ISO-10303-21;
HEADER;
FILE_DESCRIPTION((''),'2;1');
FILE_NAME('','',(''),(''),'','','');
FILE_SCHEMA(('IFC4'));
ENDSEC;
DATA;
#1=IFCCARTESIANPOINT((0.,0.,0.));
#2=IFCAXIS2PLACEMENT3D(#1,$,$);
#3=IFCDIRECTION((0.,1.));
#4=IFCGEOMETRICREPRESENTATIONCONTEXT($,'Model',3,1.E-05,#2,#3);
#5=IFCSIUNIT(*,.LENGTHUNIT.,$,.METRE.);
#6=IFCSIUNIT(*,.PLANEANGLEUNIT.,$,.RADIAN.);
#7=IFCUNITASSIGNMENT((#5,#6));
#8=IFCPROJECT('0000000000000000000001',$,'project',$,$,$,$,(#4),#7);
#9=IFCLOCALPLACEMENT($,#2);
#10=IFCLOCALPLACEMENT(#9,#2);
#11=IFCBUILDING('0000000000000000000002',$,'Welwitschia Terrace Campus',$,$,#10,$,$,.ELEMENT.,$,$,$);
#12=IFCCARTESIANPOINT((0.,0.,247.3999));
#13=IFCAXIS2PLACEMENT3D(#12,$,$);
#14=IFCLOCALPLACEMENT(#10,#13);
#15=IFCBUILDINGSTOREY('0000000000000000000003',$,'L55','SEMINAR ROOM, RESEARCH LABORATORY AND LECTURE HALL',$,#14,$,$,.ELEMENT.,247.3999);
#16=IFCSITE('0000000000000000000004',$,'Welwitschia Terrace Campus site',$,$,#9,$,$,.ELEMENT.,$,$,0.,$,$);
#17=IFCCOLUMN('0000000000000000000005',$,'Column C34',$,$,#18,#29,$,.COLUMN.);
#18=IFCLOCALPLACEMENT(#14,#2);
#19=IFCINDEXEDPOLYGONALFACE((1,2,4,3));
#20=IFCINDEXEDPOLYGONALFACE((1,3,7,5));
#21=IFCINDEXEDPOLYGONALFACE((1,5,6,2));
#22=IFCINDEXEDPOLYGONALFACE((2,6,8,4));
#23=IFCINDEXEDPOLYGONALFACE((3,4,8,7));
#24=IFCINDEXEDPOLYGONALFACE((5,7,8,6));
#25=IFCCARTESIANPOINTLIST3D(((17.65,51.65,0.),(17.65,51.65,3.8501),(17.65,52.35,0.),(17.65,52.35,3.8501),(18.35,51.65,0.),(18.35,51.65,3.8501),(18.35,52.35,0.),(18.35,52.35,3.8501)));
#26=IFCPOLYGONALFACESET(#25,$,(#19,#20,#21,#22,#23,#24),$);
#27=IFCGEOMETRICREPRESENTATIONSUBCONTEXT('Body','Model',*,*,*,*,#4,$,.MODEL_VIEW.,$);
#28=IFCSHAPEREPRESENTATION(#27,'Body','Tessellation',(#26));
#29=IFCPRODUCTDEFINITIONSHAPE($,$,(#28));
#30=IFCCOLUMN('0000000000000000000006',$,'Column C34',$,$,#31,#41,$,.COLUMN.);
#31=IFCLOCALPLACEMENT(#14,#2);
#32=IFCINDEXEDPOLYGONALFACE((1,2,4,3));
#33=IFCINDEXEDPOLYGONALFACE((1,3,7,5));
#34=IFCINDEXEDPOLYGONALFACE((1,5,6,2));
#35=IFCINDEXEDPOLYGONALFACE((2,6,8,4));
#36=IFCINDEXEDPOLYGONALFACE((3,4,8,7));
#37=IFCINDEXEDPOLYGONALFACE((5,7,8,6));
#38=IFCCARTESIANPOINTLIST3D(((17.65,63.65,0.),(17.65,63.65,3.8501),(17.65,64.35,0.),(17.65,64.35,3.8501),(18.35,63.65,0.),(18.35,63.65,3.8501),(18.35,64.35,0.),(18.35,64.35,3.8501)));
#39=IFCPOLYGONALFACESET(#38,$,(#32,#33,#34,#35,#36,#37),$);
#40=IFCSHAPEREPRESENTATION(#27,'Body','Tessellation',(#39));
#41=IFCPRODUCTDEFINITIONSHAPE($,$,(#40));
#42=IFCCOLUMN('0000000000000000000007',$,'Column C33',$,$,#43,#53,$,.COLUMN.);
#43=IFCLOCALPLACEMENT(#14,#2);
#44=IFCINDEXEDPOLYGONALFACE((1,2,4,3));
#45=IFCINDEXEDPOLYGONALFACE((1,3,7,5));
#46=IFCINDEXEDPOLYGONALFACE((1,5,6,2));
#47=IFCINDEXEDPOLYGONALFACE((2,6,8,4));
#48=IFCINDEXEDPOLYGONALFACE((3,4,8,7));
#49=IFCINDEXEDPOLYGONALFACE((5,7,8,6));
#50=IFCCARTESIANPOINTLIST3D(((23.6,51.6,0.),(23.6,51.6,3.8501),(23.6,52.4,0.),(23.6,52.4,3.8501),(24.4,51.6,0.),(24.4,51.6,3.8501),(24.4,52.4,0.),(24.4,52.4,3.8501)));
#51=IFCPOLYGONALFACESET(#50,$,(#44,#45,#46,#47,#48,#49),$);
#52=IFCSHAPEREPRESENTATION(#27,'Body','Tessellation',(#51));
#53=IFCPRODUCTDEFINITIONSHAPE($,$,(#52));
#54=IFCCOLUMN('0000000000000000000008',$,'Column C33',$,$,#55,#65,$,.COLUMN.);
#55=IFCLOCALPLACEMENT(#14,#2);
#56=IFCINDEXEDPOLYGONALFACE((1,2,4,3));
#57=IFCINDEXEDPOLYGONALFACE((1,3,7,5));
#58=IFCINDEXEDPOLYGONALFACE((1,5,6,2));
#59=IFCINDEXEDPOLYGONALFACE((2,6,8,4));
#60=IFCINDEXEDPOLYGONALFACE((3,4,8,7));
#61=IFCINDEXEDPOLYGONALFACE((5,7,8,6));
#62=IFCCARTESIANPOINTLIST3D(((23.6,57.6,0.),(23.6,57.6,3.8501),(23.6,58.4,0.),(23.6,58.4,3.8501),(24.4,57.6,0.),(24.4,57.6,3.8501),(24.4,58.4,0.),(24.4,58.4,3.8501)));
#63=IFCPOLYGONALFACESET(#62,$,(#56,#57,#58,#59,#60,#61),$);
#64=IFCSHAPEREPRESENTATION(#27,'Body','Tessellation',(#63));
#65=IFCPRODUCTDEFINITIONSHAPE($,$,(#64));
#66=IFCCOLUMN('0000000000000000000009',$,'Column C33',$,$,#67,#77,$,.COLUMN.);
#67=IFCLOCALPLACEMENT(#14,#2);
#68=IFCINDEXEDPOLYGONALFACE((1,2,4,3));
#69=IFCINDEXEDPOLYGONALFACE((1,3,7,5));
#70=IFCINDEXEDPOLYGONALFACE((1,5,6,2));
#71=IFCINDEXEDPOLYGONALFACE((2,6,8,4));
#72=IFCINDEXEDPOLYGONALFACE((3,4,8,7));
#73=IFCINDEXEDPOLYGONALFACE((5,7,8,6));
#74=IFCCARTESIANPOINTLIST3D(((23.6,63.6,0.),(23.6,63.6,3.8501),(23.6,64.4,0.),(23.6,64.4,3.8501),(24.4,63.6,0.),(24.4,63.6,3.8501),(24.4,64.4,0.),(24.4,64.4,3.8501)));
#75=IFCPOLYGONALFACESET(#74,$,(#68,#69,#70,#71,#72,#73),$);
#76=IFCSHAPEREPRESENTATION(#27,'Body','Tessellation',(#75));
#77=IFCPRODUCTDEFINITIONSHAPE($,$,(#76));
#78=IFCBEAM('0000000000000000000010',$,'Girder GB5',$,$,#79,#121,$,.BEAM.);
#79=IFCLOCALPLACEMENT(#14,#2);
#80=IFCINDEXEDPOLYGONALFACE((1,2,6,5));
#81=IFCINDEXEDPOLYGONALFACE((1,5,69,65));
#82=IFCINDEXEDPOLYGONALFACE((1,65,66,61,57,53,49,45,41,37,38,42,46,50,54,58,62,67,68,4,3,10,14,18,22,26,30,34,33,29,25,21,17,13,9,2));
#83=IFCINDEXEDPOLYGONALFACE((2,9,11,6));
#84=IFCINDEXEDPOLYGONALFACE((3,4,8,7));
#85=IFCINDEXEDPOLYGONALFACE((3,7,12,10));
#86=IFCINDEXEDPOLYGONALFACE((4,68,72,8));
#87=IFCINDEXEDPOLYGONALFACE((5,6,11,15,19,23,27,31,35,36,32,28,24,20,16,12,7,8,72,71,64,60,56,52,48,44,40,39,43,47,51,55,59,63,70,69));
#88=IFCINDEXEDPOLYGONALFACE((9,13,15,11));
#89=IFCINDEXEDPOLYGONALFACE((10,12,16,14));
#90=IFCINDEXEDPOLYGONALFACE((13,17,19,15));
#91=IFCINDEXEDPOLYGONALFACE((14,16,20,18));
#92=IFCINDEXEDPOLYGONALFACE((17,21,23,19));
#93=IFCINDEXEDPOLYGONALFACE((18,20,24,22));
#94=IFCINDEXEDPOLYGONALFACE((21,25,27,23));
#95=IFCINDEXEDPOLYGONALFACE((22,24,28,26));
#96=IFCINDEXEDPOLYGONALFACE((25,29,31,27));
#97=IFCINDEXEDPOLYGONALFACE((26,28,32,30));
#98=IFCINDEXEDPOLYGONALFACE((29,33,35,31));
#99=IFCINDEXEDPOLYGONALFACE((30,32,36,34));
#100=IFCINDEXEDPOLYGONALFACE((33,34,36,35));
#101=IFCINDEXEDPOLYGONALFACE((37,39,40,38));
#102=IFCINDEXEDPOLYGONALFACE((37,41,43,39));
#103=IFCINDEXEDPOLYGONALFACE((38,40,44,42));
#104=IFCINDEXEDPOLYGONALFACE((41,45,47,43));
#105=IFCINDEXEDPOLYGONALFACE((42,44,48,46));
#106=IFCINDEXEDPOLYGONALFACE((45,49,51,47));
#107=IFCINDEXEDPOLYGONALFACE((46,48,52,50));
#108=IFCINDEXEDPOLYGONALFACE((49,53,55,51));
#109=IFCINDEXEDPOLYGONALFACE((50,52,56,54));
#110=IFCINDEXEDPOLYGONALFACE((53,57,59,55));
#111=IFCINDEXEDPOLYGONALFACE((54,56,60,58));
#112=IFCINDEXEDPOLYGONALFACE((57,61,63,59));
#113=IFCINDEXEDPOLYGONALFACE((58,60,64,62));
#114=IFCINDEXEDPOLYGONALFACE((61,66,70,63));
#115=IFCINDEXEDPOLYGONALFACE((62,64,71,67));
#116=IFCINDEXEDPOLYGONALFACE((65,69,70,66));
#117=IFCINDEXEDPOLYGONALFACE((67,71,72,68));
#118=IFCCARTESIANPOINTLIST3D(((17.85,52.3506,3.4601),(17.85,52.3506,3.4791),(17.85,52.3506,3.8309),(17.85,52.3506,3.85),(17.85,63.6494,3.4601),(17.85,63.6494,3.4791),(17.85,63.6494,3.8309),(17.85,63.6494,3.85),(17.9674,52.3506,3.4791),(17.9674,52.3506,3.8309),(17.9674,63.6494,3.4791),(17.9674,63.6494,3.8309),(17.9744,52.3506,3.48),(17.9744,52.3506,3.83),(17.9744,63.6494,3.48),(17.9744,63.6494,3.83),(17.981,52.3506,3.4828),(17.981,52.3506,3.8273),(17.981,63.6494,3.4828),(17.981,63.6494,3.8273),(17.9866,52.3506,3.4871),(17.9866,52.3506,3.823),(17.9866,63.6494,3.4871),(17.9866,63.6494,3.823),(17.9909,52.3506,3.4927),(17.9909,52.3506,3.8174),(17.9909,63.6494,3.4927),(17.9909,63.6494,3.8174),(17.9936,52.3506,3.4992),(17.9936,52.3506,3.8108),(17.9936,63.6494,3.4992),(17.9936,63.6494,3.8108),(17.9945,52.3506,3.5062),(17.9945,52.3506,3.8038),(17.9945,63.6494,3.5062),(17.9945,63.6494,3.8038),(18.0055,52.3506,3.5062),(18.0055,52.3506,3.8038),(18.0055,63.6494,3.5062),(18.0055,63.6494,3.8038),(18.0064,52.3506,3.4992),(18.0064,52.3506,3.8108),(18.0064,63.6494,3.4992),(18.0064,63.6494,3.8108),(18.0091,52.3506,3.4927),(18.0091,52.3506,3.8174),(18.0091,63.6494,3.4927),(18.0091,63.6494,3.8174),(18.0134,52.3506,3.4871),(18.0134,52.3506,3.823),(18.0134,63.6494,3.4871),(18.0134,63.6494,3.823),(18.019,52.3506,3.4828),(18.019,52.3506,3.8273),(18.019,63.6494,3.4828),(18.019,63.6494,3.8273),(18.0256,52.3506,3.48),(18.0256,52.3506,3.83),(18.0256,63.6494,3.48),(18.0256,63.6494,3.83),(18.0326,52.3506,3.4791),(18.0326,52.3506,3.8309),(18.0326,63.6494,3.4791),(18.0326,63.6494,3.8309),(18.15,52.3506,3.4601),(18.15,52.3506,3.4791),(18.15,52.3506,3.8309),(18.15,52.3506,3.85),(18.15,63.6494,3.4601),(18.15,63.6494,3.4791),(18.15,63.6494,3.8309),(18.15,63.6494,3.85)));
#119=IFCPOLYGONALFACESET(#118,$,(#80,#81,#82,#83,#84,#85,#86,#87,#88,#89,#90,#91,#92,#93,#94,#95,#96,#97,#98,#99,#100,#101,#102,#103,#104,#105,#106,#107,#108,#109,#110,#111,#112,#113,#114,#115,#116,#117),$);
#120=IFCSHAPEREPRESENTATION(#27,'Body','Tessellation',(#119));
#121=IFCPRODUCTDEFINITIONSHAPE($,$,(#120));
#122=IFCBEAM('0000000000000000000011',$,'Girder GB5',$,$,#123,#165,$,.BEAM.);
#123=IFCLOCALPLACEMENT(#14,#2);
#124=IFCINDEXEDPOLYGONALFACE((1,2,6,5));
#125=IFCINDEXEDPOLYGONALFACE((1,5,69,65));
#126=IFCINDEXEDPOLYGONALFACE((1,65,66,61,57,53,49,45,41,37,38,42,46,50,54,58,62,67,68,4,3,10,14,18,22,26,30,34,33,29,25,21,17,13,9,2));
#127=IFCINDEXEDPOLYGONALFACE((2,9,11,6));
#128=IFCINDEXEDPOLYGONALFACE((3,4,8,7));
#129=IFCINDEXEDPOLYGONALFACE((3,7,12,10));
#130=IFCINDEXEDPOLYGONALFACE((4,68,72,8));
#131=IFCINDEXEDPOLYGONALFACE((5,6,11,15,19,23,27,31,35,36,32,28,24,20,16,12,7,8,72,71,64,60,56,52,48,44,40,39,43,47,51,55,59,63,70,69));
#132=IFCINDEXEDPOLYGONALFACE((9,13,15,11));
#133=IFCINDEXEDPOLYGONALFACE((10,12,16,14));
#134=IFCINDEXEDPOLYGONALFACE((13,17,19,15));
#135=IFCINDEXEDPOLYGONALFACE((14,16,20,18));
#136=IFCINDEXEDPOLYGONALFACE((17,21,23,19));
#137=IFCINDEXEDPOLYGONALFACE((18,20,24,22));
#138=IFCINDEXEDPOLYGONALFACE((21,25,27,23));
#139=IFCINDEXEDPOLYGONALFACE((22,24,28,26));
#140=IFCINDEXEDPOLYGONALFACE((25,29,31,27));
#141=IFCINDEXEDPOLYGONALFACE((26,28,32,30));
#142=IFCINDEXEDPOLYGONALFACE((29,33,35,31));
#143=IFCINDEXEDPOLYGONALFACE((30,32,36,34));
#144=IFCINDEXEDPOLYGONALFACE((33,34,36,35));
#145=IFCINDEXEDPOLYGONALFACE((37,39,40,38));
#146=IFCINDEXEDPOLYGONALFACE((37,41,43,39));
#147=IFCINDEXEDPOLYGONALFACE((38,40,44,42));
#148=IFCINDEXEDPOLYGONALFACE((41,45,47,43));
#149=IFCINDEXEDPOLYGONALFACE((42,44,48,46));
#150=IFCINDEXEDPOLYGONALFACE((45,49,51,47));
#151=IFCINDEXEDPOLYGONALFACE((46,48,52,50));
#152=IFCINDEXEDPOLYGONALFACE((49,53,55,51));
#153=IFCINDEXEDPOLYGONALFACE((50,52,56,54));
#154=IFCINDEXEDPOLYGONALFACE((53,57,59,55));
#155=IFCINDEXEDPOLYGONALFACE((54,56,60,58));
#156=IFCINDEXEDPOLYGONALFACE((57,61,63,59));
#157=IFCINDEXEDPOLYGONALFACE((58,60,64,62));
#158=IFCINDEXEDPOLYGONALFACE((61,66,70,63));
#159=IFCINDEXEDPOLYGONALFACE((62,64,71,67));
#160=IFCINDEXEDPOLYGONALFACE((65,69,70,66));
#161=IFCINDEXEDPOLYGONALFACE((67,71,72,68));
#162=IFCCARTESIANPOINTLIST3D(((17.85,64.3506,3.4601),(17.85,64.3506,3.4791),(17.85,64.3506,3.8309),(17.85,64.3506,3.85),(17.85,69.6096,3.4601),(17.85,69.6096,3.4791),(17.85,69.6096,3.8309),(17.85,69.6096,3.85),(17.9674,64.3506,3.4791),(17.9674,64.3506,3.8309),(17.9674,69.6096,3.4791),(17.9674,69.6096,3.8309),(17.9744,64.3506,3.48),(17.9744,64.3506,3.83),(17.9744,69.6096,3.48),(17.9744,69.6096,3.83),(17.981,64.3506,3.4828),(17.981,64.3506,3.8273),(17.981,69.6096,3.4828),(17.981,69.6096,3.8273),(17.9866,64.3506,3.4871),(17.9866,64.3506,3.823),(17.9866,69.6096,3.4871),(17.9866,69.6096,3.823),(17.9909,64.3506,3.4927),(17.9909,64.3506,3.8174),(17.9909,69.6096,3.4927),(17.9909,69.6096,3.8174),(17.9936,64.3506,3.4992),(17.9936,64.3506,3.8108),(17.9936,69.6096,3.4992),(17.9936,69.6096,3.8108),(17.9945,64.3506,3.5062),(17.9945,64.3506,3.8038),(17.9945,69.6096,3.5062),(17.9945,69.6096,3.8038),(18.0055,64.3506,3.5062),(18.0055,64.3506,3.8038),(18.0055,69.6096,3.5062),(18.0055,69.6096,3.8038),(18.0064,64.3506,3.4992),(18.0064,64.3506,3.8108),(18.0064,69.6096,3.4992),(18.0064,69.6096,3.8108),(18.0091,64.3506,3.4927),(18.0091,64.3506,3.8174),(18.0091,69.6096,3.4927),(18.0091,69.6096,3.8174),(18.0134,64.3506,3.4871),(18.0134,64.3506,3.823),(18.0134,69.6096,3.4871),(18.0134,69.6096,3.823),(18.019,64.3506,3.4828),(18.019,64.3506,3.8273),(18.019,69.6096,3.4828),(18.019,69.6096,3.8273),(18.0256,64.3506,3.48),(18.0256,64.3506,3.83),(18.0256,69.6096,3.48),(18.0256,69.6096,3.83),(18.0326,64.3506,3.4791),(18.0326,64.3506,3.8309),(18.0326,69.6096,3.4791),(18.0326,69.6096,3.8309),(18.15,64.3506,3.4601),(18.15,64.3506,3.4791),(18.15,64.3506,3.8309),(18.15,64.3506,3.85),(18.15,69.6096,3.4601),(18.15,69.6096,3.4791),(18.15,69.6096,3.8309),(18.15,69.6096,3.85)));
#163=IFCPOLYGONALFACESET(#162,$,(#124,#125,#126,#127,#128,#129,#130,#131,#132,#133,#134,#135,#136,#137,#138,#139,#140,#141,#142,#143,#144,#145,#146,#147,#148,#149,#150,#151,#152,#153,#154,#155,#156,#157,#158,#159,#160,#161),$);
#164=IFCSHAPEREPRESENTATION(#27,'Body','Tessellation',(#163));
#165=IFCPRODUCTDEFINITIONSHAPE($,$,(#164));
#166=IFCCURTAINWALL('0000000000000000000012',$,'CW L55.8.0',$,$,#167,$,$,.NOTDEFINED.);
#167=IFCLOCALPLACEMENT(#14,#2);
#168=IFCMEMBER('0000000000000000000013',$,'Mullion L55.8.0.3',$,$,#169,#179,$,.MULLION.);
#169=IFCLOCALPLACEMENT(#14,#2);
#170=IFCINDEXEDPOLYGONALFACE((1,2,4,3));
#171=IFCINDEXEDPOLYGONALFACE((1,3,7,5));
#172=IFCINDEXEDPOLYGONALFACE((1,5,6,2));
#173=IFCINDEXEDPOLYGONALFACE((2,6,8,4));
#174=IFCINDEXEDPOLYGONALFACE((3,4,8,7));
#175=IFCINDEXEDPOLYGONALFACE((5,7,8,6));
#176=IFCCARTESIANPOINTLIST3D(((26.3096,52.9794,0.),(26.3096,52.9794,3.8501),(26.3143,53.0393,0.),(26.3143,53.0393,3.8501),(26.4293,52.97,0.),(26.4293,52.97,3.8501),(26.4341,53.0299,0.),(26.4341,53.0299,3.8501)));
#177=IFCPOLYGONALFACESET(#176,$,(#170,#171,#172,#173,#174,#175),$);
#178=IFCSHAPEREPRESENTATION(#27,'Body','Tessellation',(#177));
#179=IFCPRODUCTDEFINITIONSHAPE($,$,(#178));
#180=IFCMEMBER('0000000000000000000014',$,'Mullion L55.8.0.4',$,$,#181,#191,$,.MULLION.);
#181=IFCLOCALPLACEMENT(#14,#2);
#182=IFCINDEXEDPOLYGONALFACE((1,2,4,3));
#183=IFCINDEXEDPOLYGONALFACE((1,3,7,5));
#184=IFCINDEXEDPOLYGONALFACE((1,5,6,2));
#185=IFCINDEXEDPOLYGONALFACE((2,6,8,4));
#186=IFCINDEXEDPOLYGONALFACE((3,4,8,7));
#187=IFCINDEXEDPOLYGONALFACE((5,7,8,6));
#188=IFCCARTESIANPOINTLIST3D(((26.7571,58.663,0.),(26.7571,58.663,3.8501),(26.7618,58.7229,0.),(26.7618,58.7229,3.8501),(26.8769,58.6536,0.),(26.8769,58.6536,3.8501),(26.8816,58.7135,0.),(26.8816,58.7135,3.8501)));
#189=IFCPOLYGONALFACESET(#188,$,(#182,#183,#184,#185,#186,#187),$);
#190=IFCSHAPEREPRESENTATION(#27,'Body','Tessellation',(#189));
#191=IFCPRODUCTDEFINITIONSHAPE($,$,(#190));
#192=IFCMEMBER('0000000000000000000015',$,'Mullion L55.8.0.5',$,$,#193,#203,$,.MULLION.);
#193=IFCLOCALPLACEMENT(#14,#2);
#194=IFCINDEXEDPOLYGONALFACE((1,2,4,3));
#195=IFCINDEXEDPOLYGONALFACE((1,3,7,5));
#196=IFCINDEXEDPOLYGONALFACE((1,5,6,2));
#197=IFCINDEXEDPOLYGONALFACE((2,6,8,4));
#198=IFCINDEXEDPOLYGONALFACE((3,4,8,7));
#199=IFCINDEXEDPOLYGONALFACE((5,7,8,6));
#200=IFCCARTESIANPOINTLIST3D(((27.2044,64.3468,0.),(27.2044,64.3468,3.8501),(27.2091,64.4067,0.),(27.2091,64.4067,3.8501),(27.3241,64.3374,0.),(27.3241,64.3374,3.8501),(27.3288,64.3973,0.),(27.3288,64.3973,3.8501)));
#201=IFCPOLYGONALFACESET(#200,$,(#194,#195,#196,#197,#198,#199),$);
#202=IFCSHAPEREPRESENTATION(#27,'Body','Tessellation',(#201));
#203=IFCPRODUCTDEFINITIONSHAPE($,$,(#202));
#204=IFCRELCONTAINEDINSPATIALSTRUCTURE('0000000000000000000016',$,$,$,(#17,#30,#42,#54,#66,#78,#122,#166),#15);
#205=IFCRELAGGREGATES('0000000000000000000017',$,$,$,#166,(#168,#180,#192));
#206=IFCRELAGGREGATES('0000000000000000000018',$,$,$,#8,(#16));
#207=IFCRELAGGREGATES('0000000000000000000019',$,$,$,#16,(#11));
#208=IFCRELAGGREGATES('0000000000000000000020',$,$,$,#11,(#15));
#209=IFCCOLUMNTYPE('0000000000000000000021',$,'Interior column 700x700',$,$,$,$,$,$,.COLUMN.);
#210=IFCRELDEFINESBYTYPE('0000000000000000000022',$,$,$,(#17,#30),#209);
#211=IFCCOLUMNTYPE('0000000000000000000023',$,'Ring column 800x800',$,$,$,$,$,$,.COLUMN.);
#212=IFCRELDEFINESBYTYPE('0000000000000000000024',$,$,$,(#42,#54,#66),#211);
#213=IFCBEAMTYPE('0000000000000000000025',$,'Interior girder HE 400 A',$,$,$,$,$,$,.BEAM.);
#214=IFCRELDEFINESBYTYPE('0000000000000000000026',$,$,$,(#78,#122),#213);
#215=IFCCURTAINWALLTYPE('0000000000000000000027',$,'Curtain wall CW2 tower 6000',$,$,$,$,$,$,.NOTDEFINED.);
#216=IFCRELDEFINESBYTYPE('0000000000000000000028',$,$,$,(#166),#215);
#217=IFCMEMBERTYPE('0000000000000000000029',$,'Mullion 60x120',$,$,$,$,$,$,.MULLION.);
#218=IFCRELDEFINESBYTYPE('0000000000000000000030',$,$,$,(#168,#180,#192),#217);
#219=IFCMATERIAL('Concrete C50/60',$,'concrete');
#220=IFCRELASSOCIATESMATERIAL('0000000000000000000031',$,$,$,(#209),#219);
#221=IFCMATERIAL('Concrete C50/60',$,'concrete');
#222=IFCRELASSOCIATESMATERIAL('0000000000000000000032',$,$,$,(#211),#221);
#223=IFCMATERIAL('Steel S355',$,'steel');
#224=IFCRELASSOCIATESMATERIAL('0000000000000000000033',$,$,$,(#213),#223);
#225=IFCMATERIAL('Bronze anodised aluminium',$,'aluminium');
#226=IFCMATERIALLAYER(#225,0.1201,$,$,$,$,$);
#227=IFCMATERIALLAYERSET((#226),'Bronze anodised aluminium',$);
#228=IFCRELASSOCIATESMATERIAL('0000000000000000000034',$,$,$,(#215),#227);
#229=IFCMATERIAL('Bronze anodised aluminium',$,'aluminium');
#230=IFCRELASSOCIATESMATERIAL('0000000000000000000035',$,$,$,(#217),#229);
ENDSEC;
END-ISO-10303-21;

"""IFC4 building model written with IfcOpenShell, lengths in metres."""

from ifc_helpers import new_model, si_unit, direction, frame, origin, origin_2d, place, context, subcontext, project, spatial, rectangle, i_section, extrude, material, layer, layer_set, material_profile, profile_set, type_object, element, aggregate, save


model = new_model("IFC4")

# Units and contexts
model_context = context("Model", 3, precision=1e-05, world=origin(), true_north=direction((0.0, 1.0)))
body_context = subcontext(model_context, "Body", "Model", "MODEL_VIEW")
ifc_project = project(units=[si_unit("LENGTHUNIT", "METRE"), si_unit("PLANEANGLEUNIT", "RADIAN")], contexts=[model_context])

# Site, building, storey
site_placement = place(None, origin())
site = spatial("IfcSite", under=ifc_project, at=site_placement, Name="Welwitschia Terrace Campus site", CompositionType="ELEMENT", RefElevation=0.0)
building_placement = place(site_placement, origin())
building = spatial("IfcBuilding", under=site, at=building_placement, Name="Welwitschia Terrace Campus", CompositionType="ELEMENT")
storey_placement = place(building_placement, frame((0.0, 0.0, 247.3999)))
storey = spatial("IfcBuildingStorey", under=building, at=storey_placement, Name="L55", Description="SEMINAR ROOM, RESEARCH LABORATORY AND LECTURE HALL", CompositionType="ELEMENT", Elevation=247.3999)

# Columns
ifc_material_1 = material(Name="Concrete C50/60", Category="concrete")
ifc_material_profile_1 = material_profile(ifc_material_1, rectangle(XDim=0.7, YDim=0.7, at=origin_2d()))
ifc_profile_set_1 = profile_set([ifc_material_profile_1], Name="Concrete C50/60")
column_type_1 = type_object("IfcColumnType", Name="Interior column 700x700", PredefinedType="COLUMN", material=ifc_profile_set_1)
for number, where, z_axis, x_axis, name in (
    (1, (18.0, 52.0, 0.0), (0.0, 0.0, 1.0), (1.0, 0.0, 0.0), "Column C34"),
    (2, (18.0, 64.0, 0.0), (0.0, 0.0, 1.0), (1.0, 0.0, 0.0), "Column C34"),
):
    element("IfcColumn", number, at=place(storey_placement, frame(where, z_axis=z_axis, x_axis=x_axis)), inside=storey, type_object=column_type_1, Name=name, PredefinedType="COLUMN", context=body_context, shape_type="SweptSolid", body=[
        extrude(rectangle(XDim=0.7, YDim=0.7, at=origin_2d()), origin(), (0.0, 0.0, 1.0), 3.8501),
    ])
ifc_material_2 = material(Name="Concrete C50/60", Category="concrete")
ifc_material_profile_2 = material_profile(ifc_material_2, rectangle(XDim=0.8, YDim=0.8, at=origin_2d()))
ifc_profile_set_2 = profile_set([ifc_material_profile_2], Name="Concrete C50/60")
column_type_2 = type_object("IfcColumnType", Name="Ring column 800x800", PredefinedType="COLUMN", material=ifc_profile_set_2)
for number, where, z_axis, x_axis, name in (
    (3, (24.0, 52.0, 0.0), (0.0, 0.0, 1.0), (1.0, 0.0, 0.0), "Column C33"),
    (4, (24.0, 58.0, 0.0), (0.0, 0.0, 1.0), (1.0, 0.0, 0.0), "Column C33"),
    (5, (24.0, 64.0, 0.0), (0.0, 0.0, 1.0), (1.0, 0.0, 0.0), "Column C33"),
):
    element("IfcColumn", number, at=place(storey_placement, frame(where, z_axis=z_axis, x_axis=x_axis)), inside=storey, type_object=column_type_2, Name=name, PredefinedType="COLUMN", context=body_context, shape_type="SweptSolid", body=[
        extrude(rectangle(XDim=0.8, YDim=0.8, at=origin_2d()), origin(), (0.0, 0.0, 1.0), 3.8501),
    ])

# Beams
ifc_material_3 = material(Name="Steel S355", Category="steel")
ifc_material_profile_3 = material_profile(ifc_material_3, i_section(OverallWidth=0.3, OverallDepth=0.3899, WebThickness=0.011, FlangeThickness=0.019, FilletRadius=0.0271, at=origin_2d()))
ifc_profile_set_3 = profile_set([ifc_material_profile_3], Name="Steel S355")
beam_type_1 = type_object("IfcBeamType", Name="Interior girder HE 400 A", PredefinedType="BEAM", material=ifc_profile_set_3)
beam_1_placement = place(storey_placement, frame((18.0, 52.3506, 3.655), z_axis=(0.0, 1.0, 0.0), x_axis=(-1.0, 0.0, 0.0)))
element("IfcBeam", 6, at=beam_1_placement, inside=storey, type_object=beam_type_1, Name="Girder GB5", PredefinedType="BEAM", context=body_context, shape_type="SweptSolid", body=[
    extrude(i_section(OverallWidth=0.3, OverallDepth=0.3899, WebThickness=0.011, FlangeThickness=0.019, FilletRadius=0.0271, at=origin_2d()), origin(), (0.0, 0.0, 1.0), 11.2988),
])
beam_2_placement = place(storey_placement, frame((18.0, 64.3506, 3.655), z_axis=(0.0, 1.0, 0.0), x_axis=(-1.0, 0.0, 0.0)))
element("IfcBeam", 7, at=beam_2_placement, inside=storey, type_object=beam_type_1, Name="Girder GB5", PredefinedType="BEAM", context=body_context, shape_type="SweptSolid", body=[
    extrude(i_section(OverallWidth=0.3, OverallDepth=0.3899, WebThickness=0.011, FlangeThickness=0.019, FilletRadius=0.0271, at=origin_2d()), origin(), (0.0, 0.0, 1.0), 5.259),
])

# Curtain wall, members
ifc_material_4 = material(Name="Bronze anodised aluminium", Category="aluminium")
ifc_layer_1 = layer(ifc_material_4, 0.1201)
ifc_layer_set_1 = layer_set([ifc_layer_1], Name="Bronze anodised aluminium")
curtain_wall_type = type_object("IfcCurtainWallType", Name="Curtain wall CW2 tower 6000", PredefinedType="NOTDEFINED", material=ifc_layer_set_1)
curtain_wall_1_placement = place(storey_placement, origin())
curtain_wall_1 = element("IfcCurtainWall", 8, at=curtain_wall_1_placement, inside=storey, type_object=curtain_wall_type, Name="CW L55.8.0", PredefinedType="NOTDEFINED")
ifc_material_5 = material(Name="Bronze anodised aluminium", Category="aluminium")
ifc_material_profile_4 = material_profile(ifc_material_5, rectangle(XDim=0.1201, YDim=0.0601, at=origin_2d()))
ifc_profile_set_4 = profile_set([ifc_material_profile_4], Name="Bronze anodised aluminium")
member_type_1 = type_object("IfcMemberType", Name="Mullion 60x120", PredefinedType="MULLION", material=ifc_profile_set_4)
member_1_placement = place(storey_placement, frame((26.3718, 53.0046, 0.0), z_axis=(0.0, 0.0, 1.0), x_axis=(-0.996917, 0.078459, 0.0)))
member_1 = element("IfcMember", 9, at=member_1_placement, type_object=member_type_1, Name="Mullion L55.8.0.3", PredefinedType="MULLION", context=body_context, shape_type="SweptSolid", body=[
    extrude(rectangle(XDim=0.1201, YDim=0.0601, at=origin_2d()), origin(), (0.0, 0.0, 1.0), 3.8501),
])
member_2_placement = place(storey_placement, frame((26.8193, 58.6882, 0.0), z_axis=(0.0, 0.0, 1.0), x_axis=(-0.996917, 0.078459, 0.0)))
member_2 = element("IfcMember", 10, at=member_2_placement, type_object=member_type_1, Name="Mullion L55.8.0.4", PredefinedType="MULLION", context=body_context, shape_type="SweptSolid", body=[
    extrude(rectangle(XDim=0.1201, YDim=0.0601, at=origin_2d()), origin(), (0.0, 0.0, 1.0), 3.8501),
])
member_3_placement = place(storey_placement, frame((27.2666, 64.3721, 0.0), z_axis=(0.0, 0.0, 1.0), x_axis=(-0.996917, 0.078459, 0.0)))
member_3 = element("IfcMember", 11, at=member_3_placement, type_object=member_type_1, Name="Mullion L55.8.0.5", PredefinedType="MULLION", context=body_context, shape_type="SweptSolid", body=[
    extrude(rectangle(XDim=0.1201, YDim=0.0601, at=origin_2d()), origin(), (0.0, 0.0, 1.0), 3.8501),
])

aggregate(curtain_wall_1, [member_1, member_2, member_3])

save(model, "model.ifc")
